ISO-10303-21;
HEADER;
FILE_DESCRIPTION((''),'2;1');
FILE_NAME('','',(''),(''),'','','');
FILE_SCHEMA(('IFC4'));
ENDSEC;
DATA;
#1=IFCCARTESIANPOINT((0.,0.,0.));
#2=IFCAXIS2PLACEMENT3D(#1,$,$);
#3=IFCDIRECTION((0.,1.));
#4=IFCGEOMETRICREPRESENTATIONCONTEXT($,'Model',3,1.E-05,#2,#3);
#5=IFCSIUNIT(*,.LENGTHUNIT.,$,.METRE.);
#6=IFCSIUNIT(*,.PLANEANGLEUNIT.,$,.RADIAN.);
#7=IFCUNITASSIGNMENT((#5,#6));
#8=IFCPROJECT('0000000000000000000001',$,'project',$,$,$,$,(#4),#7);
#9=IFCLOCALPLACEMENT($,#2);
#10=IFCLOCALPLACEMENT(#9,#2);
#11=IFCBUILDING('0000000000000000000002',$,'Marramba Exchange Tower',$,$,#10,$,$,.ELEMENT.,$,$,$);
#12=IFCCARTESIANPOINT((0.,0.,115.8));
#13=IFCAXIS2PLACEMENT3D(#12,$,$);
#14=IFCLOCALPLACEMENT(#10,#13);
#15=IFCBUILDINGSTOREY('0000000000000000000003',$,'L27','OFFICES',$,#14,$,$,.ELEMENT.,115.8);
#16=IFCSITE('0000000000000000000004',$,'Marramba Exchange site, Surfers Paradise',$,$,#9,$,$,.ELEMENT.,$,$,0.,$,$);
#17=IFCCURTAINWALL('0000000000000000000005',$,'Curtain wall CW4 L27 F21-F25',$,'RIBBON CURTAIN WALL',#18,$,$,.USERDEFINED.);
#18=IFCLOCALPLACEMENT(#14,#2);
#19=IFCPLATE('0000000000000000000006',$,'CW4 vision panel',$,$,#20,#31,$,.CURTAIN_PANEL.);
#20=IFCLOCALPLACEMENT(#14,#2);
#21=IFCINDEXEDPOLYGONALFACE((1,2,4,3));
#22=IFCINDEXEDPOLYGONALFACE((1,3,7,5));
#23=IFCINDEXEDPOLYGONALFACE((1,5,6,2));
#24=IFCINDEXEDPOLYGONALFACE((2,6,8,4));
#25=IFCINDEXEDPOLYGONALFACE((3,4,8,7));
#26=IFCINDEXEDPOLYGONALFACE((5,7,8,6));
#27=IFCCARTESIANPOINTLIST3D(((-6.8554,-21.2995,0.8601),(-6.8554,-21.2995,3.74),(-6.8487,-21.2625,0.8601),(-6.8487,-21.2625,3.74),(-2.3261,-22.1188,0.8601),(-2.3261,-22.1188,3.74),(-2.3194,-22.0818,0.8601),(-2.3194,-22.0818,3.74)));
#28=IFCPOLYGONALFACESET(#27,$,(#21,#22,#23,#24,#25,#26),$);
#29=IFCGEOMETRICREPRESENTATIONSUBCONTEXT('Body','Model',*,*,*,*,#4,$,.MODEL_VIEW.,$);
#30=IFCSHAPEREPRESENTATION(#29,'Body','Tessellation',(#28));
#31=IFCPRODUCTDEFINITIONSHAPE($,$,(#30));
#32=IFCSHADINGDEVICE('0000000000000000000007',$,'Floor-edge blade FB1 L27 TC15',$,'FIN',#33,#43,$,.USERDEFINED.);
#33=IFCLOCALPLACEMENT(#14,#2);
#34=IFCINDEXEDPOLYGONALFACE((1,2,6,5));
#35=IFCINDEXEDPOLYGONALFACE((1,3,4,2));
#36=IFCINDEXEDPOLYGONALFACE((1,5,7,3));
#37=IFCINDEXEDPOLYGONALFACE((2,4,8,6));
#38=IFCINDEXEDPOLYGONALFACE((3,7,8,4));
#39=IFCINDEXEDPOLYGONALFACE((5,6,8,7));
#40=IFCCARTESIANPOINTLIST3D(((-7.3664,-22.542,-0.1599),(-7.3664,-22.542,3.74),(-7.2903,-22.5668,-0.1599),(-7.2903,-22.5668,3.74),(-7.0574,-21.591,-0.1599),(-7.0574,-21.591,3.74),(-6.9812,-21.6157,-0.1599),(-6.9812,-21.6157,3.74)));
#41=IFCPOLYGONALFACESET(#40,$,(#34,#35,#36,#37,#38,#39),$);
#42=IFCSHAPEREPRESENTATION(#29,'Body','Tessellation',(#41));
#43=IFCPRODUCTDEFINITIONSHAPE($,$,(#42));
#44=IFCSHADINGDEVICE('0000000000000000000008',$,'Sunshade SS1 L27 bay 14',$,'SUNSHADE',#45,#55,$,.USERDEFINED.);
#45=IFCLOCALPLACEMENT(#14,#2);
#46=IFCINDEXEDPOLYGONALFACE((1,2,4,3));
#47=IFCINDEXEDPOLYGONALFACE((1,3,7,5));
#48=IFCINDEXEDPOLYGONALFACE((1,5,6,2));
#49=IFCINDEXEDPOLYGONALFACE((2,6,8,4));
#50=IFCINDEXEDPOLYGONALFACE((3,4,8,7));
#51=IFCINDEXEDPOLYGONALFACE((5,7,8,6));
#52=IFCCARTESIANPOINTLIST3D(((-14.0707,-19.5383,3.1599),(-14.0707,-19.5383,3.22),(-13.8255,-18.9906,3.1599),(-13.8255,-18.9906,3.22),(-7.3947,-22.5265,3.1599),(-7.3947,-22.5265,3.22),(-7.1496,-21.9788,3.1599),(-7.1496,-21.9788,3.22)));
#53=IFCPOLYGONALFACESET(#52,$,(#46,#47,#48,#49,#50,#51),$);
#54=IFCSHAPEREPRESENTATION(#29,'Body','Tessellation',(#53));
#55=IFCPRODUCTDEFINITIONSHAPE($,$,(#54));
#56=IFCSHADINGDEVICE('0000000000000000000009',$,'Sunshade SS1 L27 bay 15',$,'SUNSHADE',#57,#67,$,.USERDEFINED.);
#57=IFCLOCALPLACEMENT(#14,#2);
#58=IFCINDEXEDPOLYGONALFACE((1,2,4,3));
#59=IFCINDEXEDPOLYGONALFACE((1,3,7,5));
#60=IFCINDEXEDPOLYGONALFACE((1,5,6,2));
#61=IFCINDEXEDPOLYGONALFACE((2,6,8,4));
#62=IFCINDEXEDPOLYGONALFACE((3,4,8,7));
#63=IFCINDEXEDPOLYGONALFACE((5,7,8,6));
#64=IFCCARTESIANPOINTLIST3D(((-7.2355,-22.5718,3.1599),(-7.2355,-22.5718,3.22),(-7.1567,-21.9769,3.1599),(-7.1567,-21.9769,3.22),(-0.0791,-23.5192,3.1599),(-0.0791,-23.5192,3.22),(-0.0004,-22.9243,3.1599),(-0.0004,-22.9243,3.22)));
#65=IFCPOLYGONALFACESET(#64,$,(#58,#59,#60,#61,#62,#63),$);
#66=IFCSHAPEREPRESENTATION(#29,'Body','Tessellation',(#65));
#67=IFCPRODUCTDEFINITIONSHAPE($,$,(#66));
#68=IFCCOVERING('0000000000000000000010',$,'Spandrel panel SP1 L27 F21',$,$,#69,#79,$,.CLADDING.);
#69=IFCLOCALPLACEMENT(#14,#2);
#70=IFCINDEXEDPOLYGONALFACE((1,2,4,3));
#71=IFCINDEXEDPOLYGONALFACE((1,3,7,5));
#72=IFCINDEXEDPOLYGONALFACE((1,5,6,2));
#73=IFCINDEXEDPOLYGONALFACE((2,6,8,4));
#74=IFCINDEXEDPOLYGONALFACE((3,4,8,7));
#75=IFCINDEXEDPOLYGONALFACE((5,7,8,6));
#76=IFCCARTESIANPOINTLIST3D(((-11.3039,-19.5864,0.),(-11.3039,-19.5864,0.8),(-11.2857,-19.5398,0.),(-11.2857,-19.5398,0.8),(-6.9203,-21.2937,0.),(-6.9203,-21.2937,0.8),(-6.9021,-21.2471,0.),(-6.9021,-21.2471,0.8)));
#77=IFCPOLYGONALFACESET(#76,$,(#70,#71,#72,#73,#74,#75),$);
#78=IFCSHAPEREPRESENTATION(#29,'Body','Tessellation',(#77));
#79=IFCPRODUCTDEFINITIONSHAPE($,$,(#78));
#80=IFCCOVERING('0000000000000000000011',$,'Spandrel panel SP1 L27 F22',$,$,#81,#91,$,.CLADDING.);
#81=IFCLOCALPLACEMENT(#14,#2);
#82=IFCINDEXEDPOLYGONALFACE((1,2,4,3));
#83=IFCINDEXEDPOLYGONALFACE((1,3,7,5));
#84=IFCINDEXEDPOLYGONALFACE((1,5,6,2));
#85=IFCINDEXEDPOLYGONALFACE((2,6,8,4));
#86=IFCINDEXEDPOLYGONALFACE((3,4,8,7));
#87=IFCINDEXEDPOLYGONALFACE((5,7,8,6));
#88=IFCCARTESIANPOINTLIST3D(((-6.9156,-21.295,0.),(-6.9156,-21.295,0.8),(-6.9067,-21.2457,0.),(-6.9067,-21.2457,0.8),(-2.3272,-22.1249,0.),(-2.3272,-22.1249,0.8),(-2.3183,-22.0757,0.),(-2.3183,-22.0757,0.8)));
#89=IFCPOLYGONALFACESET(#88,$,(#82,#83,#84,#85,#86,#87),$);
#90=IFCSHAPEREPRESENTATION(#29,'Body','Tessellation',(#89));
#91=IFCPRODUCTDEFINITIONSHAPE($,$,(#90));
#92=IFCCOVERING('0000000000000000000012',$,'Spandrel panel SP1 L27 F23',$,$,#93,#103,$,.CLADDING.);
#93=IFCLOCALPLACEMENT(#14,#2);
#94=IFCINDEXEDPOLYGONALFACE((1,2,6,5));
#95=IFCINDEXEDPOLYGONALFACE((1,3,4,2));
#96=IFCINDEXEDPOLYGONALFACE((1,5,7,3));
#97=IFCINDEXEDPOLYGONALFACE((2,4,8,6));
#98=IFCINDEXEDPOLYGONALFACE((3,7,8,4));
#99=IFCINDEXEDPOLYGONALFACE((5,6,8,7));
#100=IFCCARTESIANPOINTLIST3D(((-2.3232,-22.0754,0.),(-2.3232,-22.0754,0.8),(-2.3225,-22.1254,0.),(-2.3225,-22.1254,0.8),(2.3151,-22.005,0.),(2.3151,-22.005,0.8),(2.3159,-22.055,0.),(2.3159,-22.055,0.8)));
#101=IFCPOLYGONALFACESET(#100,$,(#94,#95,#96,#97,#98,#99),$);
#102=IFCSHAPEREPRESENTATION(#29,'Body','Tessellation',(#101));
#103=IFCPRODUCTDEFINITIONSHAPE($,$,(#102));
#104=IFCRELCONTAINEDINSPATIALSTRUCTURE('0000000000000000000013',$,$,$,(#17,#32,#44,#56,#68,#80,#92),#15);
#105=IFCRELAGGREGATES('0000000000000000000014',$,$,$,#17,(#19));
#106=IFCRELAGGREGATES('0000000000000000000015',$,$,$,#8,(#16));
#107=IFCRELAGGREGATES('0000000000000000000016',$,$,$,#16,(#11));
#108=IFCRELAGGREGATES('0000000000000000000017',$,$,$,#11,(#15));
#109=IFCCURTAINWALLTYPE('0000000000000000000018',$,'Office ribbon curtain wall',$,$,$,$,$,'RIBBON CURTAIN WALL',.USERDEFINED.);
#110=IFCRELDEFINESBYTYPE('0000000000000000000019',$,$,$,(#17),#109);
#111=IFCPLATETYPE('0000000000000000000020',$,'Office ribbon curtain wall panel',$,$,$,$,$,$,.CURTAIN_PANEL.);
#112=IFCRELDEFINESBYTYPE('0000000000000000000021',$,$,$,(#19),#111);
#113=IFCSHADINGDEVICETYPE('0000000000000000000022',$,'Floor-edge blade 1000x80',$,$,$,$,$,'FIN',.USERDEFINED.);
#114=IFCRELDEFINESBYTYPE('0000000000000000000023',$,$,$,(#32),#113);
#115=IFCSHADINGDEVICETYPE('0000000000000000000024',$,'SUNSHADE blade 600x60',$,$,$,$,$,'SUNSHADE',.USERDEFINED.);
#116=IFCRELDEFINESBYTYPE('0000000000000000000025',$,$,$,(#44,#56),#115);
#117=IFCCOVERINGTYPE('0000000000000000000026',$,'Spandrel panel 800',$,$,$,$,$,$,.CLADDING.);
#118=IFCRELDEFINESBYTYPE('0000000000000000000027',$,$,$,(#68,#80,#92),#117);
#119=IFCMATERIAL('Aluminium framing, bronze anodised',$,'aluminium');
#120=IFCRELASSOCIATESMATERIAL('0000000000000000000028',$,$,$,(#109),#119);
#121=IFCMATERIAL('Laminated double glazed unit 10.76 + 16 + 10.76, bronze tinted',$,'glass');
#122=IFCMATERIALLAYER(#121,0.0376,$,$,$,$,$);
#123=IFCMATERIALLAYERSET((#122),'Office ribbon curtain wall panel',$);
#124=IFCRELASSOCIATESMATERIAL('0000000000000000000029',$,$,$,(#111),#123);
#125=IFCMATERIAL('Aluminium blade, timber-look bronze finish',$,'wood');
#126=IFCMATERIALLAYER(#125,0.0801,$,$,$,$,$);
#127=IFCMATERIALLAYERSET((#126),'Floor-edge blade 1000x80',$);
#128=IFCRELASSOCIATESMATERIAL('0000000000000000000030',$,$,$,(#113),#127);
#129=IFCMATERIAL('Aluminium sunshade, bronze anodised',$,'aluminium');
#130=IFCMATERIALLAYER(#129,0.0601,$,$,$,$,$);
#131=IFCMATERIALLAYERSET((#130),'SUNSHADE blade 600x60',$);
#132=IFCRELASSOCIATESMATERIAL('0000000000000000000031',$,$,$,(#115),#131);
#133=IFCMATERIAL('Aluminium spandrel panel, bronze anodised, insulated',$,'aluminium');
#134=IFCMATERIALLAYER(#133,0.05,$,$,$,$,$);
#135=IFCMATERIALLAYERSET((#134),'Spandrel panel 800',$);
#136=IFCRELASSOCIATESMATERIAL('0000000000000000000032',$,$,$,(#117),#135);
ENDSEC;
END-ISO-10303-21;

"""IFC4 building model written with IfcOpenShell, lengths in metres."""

from ifc_helpers import new_model, si_unit, direction, frame, origin, origin_2d, place, context, subcontext, project, spatial, rectangle, extrude, material, layer, layer_set, type_object, element, aggregate, save


model = new_model("IFC4")

# Units and contexts
model_context = context("Model", 3, precision=1e-05, world=origin(), true_north=direction((0.0, 1.0)))
body_context = subcontext(model_context, "Body", "Model", "MODEL_VIEW")
ifc_project = project(units=[si_unit("LENGTHUNIT", "METRE"), si_unit("PLANEANGLEUNIT", "RADIAN")], contexts=[model_context])

# Site, building, storey
site_placement = place(None, origin())
site = spatial("IfcSite", under=ifc_project, at=site_placement, Name="Marramba Exchange site, Surfers Paradise", CompositionType="ELEMENT", RefElevation=0.0)
building_placement = place(site_placement, origin())
building = spatial("IfcBuilding", under=site, at=building_placement, Name="Marramba Exchange Tower", CompositionType="ELEMENT")
storey_placement = place(building_placement, frame((0.0, 0.0, 115.8)))
storey = spatial("IfcBuildingStorey", under=building, at=storey_placement, Name="L27", Description="OFFICES", CompositionType="ELEMENT", Elevation=115.8)

# Curtain wall
ifc_material_1 = material(Name="Aluminium framing, bronze anodised", Category="aluminium")
curtain_wall_type = type_object("IfcCurtainWallType", Name="Office ribbon curtain wall", ElementType="RIBBON CURTAIN WALL", PredefinedType="USERDEFINED", material=ifc_material_1)
curtain_wall_1_placement = place(storey_placement, origin())
curtain_wall_1 = element("IfcCurtainWall", 1, at=curtain_wall_1_placement, inside=storey, type_object=curtain_wall_type, Name="Curtain wall CW4 L27 F21-F25", ObjectType="RIBBON CURTAIN WALL", PredefinedType="USERDEFINED")

# Shared definitions
ifc_material_2 = material(Name="Laminated double glazed unit 10.76 + 16 + 10.76, bronze tinted", Category="glass")
ifc_layer_1 = layer(ifc_material_2, 0.0376)
ifc_layer_set_1 = layer_set([ifc_layer_1], Name="Office ribbon curtain wall panel")
plate_type = type_object("IfcPlateType", Name="Office ribbon curtain wall panel", PredefinedType="CURTAIN_PANEL", material=ifc_layer_set_1)

# Plate
plate_1_placement = place(storey_placement, frame((-4.5874, -21.6907, 0.8601), z_axis=(0.0, 0.0, 1.0), x_axis=(0.984032, -0.177992, 0.0)))
plate_1 = element("IfcPlate", 2, at=plate_1_placement, type_object=plate_type, Name="CW4 vision panel", PredefinedType="CURTAIN_PANEL", context=body_context, shape_type="SweptSolid", body=[
    extrude(rectangle(XDim=4.6028, YDim=0.0376, at=origin_2d()), origin(), (0.0, 0.0, 1.0), 2.8799),
])
aggregate(curtain_wall_1, [plate_1])

# Shading devices
ifc_material_3 = material(Name="Aluminium blade, timber-look bronze finish", Category="wood")
ifc_layer_2 = layer(ifc_material_3, 0.0801)
ifc_layer_set_2 = layer_set([ifc_layer_2], Name="Floor-edge blade 1000x80")
shading_device_type_1 = type_object("IfcShadingDeviceType", Name="Floor-edge blade 1000x80", ElementType="FIN", PredefinedType="USERDEFINED", material=ifc_layer_set_2)
shading_device_1_placement = place(storey_placement, frame((-7.1738, -22.0789, -0.1599), z_axis=(0.0, 0.0, 1.0), x_axis=(-0.309017, -0.951057, 0.0)))
element("IfcShadingDevice", 3, at=shading_device_1_placement, inside=storey, type_object=shading_device_type_1, Name="Floor-edge blade FB1 L27 TC15", ObjectType="FIN", PredefinedType="USERDEFINED", context=body_context, shape_type="SweptSolid", body=[
    extrude(rectangle(XDim=1.0, YDim=0.0801, at=origin_2d()), origin(), (0.0, 0.0, 1.0), 3.8999),
])
ifc_material_4 = material(Name="Aluminium sunshade, bronze anodised", Category="aluminium")
ifc_layer_3 = layer(ifc_material_4, 0.0601)
ifc_layer_set_3 = layer_set([ifc_layer_3], Name="SUNSHADE blade 600x60")
shading_device_type_2 = type_object("IfcShadingDeviceType", Name="SUNSHADE blade 600x60", ElementType="SUNSHADE", PredefinedType="USERDEFINED", material=ifc_layer_set_3)
shading_device_2_placement = place(storey_placement, frame((-10.6101, -20.7585, 3.1599), z_axis=(0.0, 0.0, 1.0), x_axis=(0.912736, -0.40855, 0.0)))
element("IfcShadingDevice", 4, at=shading_device_2_placement, inside=storey, type_object=shading_device_type_2, Name="Sunshade SS1 L27 bay 14", ObjectType="SUNSHADE", PredefinedType="USERDEFINED", context=body_context, shape_type="SweptSolid", body=[
    extrude(rectangle(XDim=7.3142, YDim=0.6001, at=origin_2d()), origin(), (0.0, 0.0, 1.0), 0.0601),
])
shading_device_3_placement = place(storey_placement, frame((-3.6179, -22.748, 3.1599), z_axis=(0.0, 0.0, 1.0), x_axis=(0.99135, -0.131241, 0.0)))
element("IfcShadingDevice", 5, at=shading_device_3_placement, inside=storey, type_object=shading_device_type_2, Name="Sunshade SS1 L27 bay 15", ObjectType="SUNSHADE", PredefinedType="USERDEFINED", context=body_context, shape_type="SweptSolid", body=[
    extrude(rectangle(XDim=7.2188, YDim=0.6001, at=origin_2d()), origin(), (0.0, 0.0, 1.0), 0.0601),
])

# Coverings
ifc_material_5 = material(Name="Aluminium spandrel panel, bronze anodised, insulated", Category="aluminium")
ifc_layer_4 = layer(ifc_material_5, 0.05)
ifc_layer_set_4 = layer_set([ifc_layer_4], Name="Spandrel panel 800")
covering_type = type_object("IfcCoveringType", Name="Spandrel panel 800", PredefinedType="CLADDING", material=ifc_layer_set_4)
covering_1_placement = place(storey_placement, frame((-9.103, -20.4167, 0.0), z_axis=(0.0, 0.0, 1.0), x_axis=(0.931818, -0.362925, 0.0)))
element("IfcCovering", 6, at=covering_1_placement, inside=storey, type_object=covering_type, Name="Spandrel panel SP1 L27 F21", PredefinedType="CLADDING", context=body_context, shape_type="SweptSolid", body=[
    extrude(rectangle(XDim=4.7043, YDim=0.05, at=origin_2d()), origin(), (0.0, 0.0, 1.0), 0.8),
])
covering_2_placement = place(storey_placement, frame((-4.6169, -21.6853, 0.0), z_axis=(0.0, 0.0, 1.0), x_axis=(0.984032, -0.177992, 0.0)))
element("IfcCovering", 7, at=covering_2_placement, inside=storey, type_object=covering_type, Name="Spandrel panel SP1 L27 F22", PredefinedType="CLADDING", context=body_context, shape_type="SweptSolid", body=[
    extrude(rectangle(XDim=4.6628, YDim=0.05, at=origin_2d()), origin(), (0.0, 0.0, 1.0), 0.8),
])
covering_3_placement = place(storey_placement, frame((-0.0037, -22.0652, 0.0), z_axis=(0.0, 0.0, 1.0), x_axis=(0.999885, 0.015179, 0.0)))
element("IfcCovering", 8, at=covering_3_placement, inside=storey, type_object=covering_type, Name="Spandrel panel SP1 L27 F23", PredefinedType="CLADDING", context=body_context, shape_type="SweptSolid", body=[
    extrude(rectangle(XDim=4.6389, YDim=0.05, at=origin_2d()), origin(), (0.0, 0.0, 1.0), 0.8),
])

save(model, "model.ifc")
